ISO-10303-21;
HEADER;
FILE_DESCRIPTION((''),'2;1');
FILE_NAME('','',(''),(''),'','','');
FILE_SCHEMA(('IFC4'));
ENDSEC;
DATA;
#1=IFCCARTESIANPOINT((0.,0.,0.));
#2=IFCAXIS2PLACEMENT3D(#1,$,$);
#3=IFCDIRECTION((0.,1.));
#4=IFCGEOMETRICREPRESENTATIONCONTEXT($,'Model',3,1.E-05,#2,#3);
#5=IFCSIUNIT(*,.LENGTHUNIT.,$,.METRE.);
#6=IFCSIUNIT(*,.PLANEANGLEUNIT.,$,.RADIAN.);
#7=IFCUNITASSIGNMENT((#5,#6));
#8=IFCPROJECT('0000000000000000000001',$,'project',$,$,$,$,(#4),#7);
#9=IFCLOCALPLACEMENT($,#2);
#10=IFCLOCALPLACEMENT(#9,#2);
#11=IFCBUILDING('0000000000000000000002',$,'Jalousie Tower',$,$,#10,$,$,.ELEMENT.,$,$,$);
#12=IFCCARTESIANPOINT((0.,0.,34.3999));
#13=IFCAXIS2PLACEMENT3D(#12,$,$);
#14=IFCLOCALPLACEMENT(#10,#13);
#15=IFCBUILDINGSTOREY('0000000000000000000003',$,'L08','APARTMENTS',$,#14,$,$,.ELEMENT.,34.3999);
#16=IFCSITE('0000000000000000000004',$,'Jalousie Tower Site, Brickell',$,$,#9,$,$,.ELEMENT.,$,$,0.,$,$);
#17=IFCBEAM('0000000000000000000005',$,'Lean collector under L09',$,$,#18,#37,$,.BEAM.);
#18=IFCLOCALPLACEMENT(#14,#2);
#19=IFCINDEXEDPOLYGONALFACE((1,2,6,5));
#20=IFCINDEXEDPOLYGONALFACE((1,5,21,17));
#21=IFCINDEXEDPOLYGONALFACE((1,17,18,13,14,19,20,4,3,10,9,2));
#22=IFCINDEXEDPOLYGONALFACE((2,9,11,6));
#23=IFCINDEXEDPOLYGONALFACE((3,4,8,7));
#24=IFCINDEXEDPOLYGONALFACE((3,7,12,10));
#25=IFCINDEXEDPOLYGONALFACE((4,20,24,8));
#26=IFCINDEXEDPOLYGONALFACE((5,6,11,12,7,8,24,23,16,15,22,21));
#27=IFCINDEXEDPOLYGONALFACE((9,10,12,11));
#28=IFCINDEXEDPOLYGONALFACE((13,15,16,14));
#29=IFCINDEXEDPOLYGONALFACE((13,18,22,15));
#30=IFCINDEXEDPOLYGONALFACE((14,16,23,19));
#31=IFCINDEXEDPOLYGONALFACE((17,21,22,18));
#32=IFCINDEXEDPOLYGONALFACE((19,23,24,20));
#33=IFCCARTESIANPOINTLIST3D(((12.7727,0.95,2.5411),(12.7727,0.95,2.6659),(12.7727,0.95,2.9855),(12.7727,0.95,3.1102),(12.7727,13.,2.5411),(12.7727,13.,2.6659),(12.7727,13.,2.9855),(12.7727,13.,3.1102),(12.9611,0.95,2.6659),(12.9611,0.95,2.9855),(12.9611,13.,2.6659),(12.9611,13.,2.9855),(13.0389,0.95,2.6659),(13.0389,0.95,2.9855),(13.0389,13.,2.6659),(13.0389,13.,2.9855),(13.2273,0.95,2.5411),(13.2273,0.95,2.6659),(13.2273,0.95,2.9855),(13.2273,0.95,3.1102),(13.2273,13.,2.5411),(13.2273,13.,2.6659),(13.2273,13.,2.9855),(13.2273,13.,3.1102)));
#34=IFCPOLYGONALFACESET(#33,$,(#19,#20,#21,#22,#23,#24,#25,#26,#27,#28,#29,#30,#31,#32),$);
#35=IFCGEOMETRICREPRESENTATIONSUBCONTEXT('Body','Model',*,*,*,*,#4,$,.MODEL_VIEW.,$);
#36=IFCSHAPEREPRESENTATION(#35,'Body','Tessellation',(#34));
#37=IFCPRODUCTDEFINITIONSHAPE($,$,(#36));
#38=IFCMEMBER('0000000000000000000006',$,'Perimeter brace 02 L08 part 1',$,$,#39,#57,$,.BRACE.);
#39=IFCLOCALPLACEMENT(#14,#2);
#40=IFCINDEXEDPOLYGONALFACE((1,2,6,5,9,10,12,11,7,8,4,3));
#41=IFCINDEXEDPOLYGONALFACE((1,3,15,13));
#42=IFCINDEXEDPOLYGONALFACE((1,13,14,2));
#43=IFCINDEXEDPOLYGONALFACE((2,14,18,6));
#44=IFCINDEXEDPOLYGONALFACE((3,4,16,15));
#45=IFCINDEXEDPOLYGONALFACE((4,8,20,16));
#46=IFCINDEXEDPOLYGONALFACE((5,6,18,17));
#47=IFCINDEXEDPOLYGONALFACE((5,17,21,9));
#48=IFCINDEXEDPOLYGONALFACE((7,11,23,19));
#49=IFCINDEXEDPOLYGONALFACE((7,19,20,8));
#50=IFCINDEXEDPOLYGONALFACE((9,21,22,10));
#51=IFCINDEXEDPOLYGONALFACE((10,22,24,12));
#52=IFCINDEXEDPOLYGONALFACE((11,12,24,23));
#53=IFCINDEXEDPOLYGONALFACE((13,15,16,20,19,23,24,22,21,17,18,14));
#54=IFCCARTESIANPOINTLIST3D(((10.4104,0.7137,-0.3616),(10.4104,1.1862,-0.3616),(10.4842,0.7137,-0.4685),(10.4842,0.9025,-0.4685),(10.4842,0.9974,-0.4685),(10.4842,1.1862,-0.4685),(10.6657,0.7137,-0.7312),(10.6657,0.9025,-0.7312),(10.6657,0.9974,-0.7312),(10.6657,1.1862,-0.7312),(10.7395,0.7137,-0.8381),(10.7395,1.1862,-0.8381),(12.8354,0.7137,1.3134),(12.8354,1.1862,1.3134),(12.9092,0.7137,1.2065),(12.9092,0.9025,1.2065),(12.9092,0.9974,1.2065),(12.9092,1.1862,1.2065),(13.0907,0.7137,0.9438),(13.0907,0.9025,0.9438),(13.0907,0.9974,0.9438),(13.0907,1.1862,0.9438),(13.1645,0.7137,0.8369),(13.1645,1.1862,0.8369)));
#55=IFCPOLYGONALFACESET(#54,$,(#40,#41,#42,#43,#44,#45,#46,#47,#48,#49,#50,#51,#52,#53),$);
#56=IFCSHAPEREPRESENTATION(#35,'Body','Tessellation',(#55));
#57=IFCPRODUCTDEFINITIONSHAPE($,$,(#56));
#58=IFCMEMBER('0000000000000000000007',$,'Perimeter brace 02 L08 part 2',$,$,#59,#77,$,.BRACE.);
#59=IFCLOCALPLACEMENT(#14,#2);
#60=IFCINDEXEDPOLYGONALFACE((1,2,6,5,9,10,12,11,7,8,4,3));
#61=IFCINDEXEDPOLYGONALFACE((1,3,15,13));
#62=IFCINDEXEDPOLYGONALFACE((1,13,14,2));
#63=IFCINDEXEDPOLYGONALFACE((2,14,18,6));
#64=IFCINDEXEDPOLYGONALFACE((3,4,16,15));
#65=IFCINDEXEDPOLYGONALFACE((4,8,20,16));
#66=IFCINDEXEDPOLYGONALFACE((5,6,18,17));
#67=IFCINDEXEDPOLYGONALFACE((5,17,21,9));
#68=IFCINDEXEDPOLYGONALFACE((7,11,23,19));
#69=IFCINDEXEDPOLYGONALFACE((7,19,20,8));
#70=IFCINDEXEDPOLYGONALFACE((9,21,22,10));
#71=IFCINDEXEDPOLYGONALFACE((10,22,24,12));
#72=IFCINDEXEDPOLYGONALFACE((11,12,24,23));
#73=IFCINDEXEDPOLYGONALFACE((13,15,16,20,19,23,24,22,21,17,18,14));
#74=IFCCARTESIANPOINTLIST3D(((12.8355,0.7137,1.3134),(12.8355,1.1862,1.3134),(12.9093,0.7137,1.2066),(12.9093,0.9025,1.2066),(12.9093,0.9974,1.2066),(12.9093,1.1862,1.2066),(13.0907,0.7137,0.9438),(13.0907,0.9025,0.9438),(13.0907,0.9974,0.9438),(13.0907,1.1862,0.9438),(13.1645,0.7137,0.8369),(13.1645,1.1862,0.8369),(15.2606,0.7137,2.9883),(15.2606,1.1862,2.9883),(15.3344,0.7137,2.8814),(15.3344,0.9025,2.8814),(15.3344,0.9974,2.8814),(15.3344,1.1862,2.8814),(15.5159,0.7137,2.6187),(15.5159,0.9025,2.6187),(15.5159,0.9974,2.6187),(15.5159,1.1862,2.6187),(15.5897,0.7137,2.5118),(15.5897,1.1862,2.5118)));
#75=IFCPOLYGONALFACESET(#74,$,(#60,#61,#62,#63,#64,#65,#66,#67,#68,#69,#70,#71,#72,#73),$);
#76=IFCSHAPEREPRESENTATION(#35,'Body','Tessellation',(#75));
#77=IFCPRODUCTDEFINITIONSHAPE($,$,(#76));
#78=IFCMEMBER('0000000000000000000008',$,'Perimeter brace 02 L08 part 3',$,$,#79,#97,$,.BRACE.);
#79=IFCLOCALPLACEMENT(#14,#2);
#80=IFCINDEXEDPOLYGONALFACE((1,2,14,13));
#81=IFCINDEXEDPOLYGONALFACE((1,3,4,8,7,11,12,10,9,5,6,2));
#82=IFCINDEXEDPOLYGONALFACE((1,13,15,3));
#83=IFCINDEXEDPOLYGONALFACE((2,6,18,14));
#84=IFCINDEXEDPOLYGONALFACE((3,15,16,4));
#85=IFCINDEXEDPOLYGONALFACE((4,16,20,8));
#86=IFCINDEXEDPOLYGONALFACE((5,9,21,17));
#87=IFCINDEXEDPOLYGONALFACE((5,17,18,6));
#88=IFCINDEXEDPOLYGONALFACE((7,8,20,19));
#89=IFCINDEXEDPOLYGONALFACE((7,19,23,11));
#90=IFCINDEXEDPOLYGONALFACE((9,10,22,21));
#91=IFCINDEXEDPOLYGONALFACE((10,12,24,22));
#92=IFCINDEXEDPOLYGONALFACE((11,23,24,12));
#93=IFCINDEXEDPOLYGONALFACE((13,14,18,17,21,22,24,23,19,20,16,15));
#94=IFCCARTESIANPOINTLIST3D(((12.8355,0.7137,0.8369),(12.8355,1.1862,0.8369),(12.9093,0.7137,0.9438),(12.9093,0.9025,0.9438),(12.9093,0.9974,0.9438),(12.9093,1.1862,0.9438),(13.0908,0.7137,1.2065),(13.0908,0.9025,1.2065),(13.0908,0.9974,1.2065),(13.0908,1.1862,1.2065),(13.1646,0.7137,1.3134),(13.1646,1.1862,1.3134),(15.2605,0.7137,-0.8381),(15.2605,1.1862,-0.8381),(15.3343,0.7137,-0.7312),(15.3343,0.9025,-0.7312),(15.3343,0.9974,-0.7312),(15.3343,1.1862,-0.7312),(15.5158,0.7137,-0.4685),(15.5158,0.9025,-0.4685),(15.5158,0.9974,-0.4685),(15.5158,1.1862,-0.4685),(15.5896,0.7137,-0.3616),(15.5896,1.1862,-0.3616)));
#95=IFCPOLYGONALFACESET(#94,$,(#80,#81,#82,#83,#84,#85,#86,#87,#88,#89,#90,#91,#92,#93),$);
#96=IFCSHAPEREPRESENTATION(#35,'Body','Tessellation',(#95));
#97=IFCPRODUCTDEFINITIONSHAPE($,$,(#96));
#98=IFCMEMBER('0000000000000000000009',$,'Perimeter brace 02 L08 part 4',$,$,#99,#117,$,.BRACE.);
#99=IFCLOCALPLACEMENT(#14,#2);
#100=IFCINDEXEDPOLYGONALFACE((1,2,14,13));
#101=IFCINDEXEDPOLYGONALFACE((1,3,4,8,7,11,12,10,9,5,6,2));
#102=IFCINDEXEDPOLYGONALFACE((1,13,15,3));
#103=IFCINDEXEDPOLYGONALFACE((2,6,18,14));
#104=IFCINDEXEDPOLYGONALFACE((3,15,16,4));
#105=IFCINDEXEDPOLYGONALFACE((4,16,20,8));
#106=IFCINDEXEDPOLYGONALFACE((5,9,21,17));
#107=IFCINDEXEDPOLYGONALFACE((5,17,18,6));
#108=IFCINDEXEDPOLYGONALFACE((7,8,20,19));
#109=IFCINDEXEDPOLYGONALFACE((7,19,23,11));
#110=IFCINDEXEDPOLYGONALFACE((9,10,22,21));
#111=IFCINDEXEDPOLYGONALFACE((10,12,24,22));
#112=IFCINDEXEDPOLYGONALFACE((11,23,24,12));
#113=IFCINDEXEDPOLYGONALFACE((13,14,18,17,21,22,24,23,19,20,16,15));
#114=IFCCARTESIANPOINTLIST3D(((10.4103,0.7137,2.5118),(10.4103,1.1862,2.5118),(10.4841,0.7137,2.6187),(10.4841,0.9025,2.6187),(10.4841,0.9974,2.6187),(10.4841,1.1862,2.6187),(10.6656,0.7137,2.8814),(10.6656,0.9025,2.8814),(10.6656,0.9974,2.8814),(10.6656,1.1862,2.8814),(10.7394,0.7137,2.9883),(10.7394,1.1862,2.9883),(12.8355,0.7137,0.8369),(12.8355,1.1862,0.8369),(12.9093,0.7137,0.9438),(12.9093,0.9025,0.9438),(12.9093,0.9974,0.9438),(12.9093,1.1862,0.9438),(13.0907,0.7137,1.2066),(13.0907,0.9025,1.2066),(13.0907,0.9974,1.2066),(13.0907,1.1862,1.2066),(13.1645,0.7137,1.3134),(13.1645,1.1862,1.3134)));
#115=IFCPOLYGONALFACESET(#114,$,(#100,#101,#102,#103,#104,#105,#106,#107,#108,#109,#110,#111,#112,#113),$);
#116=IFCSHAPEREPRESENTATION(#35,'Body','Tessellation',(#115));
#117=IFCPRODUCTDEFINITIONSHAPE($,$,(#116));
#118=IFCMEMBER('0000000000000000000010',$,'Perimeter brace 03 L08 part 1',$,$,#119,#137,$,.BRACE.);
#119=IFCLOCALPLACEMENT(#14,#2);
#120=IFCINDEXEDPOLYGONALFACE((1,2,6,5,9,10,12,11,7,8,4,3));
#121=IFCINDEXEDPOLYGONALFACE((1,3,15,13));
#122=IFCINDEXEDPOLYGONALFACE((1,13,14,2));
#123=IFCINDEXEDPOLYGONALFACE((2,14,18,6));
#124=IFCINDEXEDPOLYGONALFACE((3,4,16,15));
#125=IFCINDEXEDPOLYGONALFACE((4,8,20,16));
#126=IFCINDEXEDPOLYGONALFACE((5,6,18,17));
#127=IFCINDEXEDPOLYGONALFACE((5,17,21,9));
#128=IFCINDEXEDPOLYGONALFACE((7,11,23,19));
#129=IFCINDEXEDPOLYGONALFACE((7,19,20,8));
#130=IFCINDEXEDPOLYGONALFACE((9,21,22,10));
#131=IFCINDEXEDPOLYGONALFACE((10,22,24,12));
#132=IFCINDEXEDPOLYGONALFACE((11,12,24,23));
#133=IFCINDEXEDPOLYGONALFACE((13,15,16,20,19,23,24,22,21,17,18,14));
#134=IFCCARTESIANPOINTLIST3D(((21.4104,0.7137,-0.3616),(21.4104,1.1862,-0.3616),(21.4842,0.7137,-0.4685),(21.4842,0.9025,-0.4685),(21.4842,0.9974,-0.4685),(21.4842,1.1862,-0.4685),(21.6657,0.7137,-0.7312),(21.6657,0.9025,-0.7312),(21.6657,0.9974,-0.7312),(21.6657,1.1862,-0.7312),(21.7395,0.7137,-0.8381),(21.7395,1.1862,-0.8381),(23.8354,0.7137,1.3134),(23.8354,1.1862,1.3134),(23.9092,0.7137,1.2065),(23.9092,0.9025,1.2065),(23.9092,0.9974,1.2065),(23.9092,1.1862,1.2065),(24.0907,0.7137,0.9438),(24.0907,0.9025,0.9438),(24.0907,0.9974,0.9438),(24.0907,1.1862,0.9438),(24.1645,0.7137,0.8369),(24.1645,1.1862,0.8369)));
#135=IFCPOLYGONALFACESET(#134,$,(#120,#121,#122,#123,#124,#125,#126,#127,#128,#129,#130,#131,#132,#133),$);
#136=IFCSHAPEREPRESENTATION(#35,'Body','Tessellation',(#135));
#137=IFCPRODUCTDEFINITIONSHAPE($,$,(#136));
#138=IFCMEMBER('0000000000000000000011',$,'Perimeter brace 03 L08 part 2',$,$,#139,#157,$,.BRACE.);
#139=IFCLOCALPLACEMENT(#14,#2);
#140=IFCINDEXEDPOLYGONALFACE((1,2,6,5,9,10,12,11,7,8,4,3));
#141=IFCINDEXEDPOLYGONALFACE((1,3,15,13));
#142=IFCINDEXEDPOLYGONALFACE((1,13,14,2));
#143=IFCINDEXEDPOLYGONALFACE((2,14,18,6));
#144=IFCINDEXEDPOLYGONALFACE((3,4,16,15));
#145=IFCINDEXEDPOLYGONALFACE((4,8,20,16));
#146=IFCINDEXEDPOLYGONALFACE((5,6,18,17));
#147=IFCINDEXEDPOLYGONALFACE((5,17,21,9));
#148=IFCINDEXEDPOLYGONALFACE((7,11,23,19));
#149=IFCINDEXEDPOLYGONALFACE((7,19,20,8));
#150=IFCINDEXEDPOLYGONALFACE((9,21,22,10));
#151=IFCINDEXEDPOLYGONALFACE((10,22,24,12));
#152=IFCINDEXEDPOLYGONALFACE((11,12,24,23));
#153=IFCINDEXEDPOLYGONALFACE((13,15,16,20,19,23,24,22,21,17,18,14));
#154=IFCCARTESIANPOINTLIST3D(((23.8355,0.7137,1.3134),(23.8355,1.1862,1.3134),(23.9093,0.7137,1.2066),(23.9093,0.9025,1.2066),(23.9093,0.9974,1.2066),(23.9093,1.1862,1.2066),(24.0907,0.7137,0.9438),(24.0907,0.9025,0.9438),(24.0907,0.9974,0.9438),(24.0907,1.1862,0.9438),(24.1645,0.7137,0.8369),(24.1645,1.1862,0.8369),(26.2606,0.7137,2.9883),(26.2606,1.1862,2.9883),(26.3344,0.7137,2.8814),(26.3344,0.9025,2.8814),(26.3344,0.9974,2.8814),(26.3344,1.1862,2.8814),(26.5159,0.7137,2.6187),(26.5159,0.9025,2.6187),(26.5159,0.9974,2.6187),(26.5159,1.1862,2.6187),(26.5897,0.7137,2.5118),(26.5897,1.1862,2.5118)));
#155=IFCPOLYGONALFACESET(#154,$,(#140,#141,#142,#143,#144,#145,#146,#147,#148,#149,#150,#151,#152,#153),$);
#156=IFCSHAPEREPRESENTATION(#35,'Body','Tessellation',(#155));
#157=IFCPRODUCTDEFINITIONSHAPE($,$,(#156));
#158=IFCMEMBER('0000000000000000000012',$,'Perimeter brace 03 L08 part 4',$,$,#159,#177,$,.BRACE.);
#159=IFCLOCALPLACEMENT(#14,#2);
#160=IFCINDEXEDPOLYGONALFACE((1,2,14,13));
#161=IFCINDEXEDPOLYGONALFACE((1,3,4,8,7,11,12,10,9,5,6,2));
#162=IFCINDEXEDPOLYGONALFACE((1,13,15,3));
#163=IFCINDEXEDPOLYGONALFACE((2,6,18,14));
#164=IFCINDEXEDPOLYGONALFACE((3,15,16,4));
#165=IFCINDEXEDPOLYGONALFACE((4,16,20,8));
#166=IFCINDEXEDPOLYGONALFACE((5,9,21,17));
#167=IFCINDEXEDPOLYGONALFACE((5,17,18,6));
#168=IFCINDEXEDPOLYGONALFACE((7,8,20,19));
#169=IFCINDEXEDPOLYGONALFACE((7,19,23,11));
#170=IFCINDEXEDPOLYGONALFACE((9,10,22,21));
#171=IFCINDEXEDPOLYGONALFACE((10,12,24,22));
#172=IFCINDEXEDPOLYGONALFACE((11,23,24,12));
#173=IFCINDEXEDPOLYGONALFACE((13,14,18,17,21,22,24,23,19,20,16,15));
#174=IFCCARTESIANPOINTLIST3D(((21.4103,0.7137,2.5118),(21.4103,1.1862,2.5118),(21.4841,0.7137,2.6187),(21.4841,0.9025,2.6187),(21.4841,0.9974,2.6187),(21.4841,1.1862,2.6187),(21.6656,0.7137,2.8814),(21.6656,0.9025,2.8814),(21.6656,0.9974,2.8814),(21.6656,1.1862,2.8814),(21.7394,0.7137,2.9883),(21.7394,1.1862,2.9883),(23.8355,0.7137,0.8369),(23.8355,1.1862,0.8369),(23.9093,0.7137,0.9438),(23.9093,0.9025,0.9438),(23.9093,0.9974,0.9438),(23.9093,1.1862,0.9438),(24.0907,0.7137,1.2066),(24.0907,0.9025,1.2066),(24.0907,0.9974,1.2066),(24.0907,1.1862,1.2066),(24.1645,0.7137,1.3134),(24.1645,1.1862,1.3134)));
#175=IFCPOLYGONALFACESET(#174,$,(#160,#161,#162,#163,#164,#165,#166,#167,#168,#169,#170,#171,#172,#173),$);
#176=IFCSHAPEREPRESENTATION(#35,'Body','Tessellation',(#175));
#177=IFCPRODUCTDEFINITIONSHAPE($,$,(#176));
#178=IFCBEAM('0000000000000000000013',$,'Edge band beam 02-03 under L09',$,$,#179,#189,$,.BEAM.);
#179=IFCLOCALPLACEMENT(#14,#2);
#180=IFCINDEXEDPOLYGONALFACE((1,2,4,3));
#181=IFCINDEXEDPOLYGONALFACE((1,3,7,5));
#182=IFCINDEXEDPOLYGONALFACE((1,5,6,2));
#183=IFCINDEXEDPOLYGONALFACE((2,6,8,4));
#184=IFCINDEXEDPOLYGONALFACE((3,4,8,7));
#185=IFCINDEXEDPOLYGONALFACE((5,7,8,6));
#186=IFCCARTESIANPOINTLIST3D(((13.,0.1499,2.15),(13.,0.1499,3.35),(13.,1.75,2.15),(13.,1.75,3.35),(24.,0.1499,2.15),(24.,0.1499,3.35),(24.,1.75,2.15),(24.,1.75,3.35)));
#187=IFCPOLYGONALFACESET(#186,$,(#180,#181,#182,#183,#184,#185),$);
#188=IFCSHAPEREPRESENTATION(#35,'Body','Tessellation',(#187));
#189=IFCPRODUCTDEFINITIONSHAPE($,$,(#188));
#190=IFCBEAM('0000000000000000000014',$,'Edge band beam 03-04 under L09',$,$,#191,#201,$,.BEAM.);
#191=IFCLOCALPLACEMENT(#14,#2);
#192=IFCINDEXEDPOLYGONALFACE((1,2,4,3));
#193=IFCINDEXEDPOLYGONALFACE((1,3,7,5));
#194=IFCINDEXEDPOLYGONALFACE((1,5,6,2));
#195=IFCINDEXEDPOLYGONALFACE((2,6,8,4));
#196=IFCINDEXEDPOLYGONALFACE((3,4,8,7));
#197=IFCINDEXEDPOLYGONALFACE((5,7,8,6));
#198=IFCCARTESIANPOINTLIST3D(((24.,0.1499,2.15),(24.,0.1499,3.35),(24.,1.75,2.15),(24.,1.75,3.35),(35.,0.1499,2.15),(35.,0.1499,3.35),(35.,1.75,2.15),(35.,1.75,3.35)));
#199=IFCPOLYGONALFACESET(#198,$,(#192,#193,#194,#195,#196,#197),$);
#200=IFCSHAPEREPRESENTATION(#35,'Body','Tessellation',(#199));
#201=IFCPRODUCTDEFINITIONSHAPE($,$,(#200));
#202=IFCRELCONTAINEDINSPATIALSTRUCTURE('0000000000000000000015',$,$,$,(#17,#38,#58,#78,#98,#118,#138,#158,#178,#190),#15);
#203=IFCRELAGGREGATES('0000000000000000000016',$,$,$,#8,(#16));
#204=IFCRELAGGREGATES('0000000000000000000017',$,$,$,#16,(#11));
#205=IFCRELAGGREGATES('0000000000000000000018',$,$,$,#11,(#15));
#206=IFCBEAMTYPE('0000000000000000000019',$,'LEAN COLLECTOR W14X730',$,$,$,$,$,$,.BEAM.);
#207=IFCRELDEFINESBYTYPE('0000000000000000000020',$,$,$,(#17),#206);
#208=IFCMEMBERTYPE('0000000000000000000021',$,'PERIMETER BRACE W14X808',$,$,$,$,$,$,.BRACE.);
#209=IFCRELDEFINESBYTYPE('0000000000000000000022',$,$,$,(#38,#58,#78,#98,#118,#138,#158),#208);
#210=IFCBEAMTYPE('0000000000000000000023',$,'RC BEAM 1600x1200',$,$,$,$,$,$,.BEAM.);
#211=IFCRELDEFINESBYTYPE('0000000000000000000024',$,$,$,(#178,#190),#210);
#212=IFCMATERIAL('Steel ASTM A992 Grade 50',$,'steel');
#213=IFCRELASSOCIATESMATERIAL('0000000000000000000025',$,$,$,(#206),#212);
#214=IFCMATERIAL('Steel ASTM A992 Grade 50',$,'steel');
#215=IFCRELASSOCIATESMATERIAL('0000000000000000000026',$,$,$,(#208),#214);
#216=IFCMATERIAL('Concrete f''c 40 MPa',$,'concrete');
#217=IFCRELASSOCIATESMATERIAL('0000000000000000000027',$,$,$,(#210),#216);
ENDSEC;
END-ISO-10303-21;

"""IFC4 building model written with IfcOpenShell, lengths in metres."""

from ifc_helpers import new_model, si_unit, direction, frame, origin, origin_2d, place, context, subcontext, project, spatial, rectangle, i_section, extrude, material, material_profile, profile_set, type_object, element, save


model = new_model("IFC4")

# Units and contexts
model_context = context("Model", 3, precision=1e-05, world=origin(), true_north=direction((0.0, 1.0)))
body_context = subcontext(model_context, "Body", "Model", "MODEL_VIEW")
ifc_project = project(units=[si_unit("LENGTHUNIT", "METRE"), si_unit("PLANEANGLEUNIT", "RADIAN")], contexts=[model_context])

# Site, building, storey
site_placement = place(None, origin())
site = spatial("IfcSite", under=ifc_project, at=site_placement, Name="Jalousie Tower Site, Brickell", CompositionType="ELEMENT", RefElevation=0.0)
building_placement = place(site_placement, origin())
building = spatial("IfcBuilding", under=site, at=building_placement, Name="Jalousie Tower", CompositionType="ELEMENT")
storey_placement = place(building_placement, frame((0.0, 0.0, 34.3999)))
storey = spatial("IfcBuildingStorey", under=building, at=storey_placement, Name="L08", Description="APARTMENTS", CompositionType="ELEMENT", Elevation=34.3999)

# Beam
ifc_material_1 = material(Name="Steel ASTM A992 Grade 50", Category="steel")
ifc_material_profile_1 = material_profile(ifc_material_1, i_section(OverallWidth=0.4546, OverallDepth=0.5691, WebThickness=0.0779, FlangeThickness=0.1248, at=origin_2d()), Name="W14X730")
ifc_profile_set_1 = profile_set([ifc_material_profile_1], Name="Steel ASTM A992 Grade 50")
beam_type_1 = type_object("IfcBeamType", Name="LEAN COLLECTOR W14X730", PredefinedType="BEAM", material=ifc_profile_set_1)
beam_placement = place(storey_placement, frame((13.0, 0.95, 2.8257), z_axis=(0.0, 1.0, 0.0), x_axis=(-1.0, 0.0, 0.0)))
element("IfcBeam", 1, at=beam_placement, inside=storey, type_object=beam_type_1, Name="Lean collector under L09", PredefinedType="BEAM", context=body_context, shape_type="SweptSolid", body=[
    extrude(i_section(OverallWidth=0.4546, OverallDepth=0.5691, WebThickness=0.0779, FlangeThickness=0.1248, at=origin_2d()), origin(), (0.0, 0.0, 1.0), 12.05),
])

# Members
ifc_material_2 = material(Name="Steel ASTM A992 Grade 50", Category="steel")
ifc_material_profile_2 = material_profile(ifc_material_2, i_section(OverallWidth=0.4724, OverallDepth=0.5791, WebThickness=0.095, FlangeThickness=0.1299, at=origin_2d()), Name="W14X808")
ifc_profile_set_2 = profile_set([ifc_material_profile_2], Name="Steel ASTM A992 Grade 50")
member_type_1 = type_object("IfcMemberType", Name="PERIMETER BRACE W14X808", PredefinedType="BRACE", material=ifc_profile_set_2)
for number, where, z_axis, x_axis, name in (
    (2, (10.575, 0.95, -0.5999), (0.8228, 0.0, 0.568331), (0.0, 1.0, 0.0), "Perimeter brace 02 L08 part 1"),
    (3, (13.0, 0.95, 1.0752), (0.822839, 0.0, 0.568275), (0.0, 1.0, 0.0), "Perimeter brace 02 L08 part 2"),
    (4, (15.425, 0.95, -0.5999), (-0.8228, 0.0, 0.568331), (0.0, -1.0, 0.0), "Perimeter brace 02 L08 part 3"),
    (5, (13.0, 0.95, 1.0752), (-0.822839, 0.0, 0.568275), (0.0, -1.0, 0.0), "Perimeter brace 02 L08 part 4"),
    (6, (21.575, 0.95, -0.5999), (0.8228, 0.0, 0.568331), (0.0, 1.0, 0.0), "Perimeter brace 03 L08 part 1"),
    (7, (24.0, 0.95, 1.0752), (0.822839, 0.0, 0.568275), (0.0, 1.0, 0.0), "Perimeter brace 03 L08 part 2"),
    (8, (24.0, 0.95, 1.0752), (-0.822839, 0.0, 0.568275), (0.0, -1.0, 0.0), "Perimeter brace 03 L08 part 4"),
):
    element("IfcMember", number, at=place(storey_placement, frame(where, z_axis=z_axis, x_axis=x_axis)), inside=storey, type_object=member_type_1, Name=name, PredefinedType="BRACE", context=body_context, shape_type="SweptSolid", body=[
        extrude(i_section(OverallWidth=0.4724, OverallDepth=0.5791, WebThickness=0.095, FlangeThickness=0.1299, at=origin_2d()), origin(), (0.0, 0.0, 1.0), 2.9473),
    ])

# Beams
ifc_material_3 = material(Name="Concrete f'c 40 MPa", Category="concrete")
ifc_material_profile_3 = material_profile(ifc_material_3, rectangle(XDim=1.6001, YDim=1.2, at=origin_2d()), Name="RC 1600x1200")
ifc_profile_set_3 = profile_set([ifc_material_profile_3], Name="Concrete f'c 40 MPa")
beam_type_2 = type_object("IfcBeamType", Name="RC BEAM 1600x1200", PredefinedType="BEAM", material=ifc_profile_set_3)
for number, where, z_axis, x_axis, name in (
    (9, (13.0, 0.95, 2.75), (1.0, 0.0, 0.0), (0.0, 1.0, 0.0), "Edge band beam 02-03 under L09"),
    (10, (24.0, 0.95, 2.75), (1.0, 0.0, 0.0), (0.0, 1.0, 0.0), "Edge band beam 03-04 under L09"),
):
    element("IfcBeam", number, at=place(storey_placement, frame(where, z_axis=z_axis, x_axis=x_axis)), inside=storey, type_object=beam_type_2, Name=name, PredefinedType="BEAM", context=body_context, shape_type="SweptSolid", body=[
        extrude(rectangle(XDim=1.6001, YDim=1.2, at=origin_2d()), origin(), (0.0, 0.0, 1.0), 11.0),
    ])

save(model, "model.ifc")
